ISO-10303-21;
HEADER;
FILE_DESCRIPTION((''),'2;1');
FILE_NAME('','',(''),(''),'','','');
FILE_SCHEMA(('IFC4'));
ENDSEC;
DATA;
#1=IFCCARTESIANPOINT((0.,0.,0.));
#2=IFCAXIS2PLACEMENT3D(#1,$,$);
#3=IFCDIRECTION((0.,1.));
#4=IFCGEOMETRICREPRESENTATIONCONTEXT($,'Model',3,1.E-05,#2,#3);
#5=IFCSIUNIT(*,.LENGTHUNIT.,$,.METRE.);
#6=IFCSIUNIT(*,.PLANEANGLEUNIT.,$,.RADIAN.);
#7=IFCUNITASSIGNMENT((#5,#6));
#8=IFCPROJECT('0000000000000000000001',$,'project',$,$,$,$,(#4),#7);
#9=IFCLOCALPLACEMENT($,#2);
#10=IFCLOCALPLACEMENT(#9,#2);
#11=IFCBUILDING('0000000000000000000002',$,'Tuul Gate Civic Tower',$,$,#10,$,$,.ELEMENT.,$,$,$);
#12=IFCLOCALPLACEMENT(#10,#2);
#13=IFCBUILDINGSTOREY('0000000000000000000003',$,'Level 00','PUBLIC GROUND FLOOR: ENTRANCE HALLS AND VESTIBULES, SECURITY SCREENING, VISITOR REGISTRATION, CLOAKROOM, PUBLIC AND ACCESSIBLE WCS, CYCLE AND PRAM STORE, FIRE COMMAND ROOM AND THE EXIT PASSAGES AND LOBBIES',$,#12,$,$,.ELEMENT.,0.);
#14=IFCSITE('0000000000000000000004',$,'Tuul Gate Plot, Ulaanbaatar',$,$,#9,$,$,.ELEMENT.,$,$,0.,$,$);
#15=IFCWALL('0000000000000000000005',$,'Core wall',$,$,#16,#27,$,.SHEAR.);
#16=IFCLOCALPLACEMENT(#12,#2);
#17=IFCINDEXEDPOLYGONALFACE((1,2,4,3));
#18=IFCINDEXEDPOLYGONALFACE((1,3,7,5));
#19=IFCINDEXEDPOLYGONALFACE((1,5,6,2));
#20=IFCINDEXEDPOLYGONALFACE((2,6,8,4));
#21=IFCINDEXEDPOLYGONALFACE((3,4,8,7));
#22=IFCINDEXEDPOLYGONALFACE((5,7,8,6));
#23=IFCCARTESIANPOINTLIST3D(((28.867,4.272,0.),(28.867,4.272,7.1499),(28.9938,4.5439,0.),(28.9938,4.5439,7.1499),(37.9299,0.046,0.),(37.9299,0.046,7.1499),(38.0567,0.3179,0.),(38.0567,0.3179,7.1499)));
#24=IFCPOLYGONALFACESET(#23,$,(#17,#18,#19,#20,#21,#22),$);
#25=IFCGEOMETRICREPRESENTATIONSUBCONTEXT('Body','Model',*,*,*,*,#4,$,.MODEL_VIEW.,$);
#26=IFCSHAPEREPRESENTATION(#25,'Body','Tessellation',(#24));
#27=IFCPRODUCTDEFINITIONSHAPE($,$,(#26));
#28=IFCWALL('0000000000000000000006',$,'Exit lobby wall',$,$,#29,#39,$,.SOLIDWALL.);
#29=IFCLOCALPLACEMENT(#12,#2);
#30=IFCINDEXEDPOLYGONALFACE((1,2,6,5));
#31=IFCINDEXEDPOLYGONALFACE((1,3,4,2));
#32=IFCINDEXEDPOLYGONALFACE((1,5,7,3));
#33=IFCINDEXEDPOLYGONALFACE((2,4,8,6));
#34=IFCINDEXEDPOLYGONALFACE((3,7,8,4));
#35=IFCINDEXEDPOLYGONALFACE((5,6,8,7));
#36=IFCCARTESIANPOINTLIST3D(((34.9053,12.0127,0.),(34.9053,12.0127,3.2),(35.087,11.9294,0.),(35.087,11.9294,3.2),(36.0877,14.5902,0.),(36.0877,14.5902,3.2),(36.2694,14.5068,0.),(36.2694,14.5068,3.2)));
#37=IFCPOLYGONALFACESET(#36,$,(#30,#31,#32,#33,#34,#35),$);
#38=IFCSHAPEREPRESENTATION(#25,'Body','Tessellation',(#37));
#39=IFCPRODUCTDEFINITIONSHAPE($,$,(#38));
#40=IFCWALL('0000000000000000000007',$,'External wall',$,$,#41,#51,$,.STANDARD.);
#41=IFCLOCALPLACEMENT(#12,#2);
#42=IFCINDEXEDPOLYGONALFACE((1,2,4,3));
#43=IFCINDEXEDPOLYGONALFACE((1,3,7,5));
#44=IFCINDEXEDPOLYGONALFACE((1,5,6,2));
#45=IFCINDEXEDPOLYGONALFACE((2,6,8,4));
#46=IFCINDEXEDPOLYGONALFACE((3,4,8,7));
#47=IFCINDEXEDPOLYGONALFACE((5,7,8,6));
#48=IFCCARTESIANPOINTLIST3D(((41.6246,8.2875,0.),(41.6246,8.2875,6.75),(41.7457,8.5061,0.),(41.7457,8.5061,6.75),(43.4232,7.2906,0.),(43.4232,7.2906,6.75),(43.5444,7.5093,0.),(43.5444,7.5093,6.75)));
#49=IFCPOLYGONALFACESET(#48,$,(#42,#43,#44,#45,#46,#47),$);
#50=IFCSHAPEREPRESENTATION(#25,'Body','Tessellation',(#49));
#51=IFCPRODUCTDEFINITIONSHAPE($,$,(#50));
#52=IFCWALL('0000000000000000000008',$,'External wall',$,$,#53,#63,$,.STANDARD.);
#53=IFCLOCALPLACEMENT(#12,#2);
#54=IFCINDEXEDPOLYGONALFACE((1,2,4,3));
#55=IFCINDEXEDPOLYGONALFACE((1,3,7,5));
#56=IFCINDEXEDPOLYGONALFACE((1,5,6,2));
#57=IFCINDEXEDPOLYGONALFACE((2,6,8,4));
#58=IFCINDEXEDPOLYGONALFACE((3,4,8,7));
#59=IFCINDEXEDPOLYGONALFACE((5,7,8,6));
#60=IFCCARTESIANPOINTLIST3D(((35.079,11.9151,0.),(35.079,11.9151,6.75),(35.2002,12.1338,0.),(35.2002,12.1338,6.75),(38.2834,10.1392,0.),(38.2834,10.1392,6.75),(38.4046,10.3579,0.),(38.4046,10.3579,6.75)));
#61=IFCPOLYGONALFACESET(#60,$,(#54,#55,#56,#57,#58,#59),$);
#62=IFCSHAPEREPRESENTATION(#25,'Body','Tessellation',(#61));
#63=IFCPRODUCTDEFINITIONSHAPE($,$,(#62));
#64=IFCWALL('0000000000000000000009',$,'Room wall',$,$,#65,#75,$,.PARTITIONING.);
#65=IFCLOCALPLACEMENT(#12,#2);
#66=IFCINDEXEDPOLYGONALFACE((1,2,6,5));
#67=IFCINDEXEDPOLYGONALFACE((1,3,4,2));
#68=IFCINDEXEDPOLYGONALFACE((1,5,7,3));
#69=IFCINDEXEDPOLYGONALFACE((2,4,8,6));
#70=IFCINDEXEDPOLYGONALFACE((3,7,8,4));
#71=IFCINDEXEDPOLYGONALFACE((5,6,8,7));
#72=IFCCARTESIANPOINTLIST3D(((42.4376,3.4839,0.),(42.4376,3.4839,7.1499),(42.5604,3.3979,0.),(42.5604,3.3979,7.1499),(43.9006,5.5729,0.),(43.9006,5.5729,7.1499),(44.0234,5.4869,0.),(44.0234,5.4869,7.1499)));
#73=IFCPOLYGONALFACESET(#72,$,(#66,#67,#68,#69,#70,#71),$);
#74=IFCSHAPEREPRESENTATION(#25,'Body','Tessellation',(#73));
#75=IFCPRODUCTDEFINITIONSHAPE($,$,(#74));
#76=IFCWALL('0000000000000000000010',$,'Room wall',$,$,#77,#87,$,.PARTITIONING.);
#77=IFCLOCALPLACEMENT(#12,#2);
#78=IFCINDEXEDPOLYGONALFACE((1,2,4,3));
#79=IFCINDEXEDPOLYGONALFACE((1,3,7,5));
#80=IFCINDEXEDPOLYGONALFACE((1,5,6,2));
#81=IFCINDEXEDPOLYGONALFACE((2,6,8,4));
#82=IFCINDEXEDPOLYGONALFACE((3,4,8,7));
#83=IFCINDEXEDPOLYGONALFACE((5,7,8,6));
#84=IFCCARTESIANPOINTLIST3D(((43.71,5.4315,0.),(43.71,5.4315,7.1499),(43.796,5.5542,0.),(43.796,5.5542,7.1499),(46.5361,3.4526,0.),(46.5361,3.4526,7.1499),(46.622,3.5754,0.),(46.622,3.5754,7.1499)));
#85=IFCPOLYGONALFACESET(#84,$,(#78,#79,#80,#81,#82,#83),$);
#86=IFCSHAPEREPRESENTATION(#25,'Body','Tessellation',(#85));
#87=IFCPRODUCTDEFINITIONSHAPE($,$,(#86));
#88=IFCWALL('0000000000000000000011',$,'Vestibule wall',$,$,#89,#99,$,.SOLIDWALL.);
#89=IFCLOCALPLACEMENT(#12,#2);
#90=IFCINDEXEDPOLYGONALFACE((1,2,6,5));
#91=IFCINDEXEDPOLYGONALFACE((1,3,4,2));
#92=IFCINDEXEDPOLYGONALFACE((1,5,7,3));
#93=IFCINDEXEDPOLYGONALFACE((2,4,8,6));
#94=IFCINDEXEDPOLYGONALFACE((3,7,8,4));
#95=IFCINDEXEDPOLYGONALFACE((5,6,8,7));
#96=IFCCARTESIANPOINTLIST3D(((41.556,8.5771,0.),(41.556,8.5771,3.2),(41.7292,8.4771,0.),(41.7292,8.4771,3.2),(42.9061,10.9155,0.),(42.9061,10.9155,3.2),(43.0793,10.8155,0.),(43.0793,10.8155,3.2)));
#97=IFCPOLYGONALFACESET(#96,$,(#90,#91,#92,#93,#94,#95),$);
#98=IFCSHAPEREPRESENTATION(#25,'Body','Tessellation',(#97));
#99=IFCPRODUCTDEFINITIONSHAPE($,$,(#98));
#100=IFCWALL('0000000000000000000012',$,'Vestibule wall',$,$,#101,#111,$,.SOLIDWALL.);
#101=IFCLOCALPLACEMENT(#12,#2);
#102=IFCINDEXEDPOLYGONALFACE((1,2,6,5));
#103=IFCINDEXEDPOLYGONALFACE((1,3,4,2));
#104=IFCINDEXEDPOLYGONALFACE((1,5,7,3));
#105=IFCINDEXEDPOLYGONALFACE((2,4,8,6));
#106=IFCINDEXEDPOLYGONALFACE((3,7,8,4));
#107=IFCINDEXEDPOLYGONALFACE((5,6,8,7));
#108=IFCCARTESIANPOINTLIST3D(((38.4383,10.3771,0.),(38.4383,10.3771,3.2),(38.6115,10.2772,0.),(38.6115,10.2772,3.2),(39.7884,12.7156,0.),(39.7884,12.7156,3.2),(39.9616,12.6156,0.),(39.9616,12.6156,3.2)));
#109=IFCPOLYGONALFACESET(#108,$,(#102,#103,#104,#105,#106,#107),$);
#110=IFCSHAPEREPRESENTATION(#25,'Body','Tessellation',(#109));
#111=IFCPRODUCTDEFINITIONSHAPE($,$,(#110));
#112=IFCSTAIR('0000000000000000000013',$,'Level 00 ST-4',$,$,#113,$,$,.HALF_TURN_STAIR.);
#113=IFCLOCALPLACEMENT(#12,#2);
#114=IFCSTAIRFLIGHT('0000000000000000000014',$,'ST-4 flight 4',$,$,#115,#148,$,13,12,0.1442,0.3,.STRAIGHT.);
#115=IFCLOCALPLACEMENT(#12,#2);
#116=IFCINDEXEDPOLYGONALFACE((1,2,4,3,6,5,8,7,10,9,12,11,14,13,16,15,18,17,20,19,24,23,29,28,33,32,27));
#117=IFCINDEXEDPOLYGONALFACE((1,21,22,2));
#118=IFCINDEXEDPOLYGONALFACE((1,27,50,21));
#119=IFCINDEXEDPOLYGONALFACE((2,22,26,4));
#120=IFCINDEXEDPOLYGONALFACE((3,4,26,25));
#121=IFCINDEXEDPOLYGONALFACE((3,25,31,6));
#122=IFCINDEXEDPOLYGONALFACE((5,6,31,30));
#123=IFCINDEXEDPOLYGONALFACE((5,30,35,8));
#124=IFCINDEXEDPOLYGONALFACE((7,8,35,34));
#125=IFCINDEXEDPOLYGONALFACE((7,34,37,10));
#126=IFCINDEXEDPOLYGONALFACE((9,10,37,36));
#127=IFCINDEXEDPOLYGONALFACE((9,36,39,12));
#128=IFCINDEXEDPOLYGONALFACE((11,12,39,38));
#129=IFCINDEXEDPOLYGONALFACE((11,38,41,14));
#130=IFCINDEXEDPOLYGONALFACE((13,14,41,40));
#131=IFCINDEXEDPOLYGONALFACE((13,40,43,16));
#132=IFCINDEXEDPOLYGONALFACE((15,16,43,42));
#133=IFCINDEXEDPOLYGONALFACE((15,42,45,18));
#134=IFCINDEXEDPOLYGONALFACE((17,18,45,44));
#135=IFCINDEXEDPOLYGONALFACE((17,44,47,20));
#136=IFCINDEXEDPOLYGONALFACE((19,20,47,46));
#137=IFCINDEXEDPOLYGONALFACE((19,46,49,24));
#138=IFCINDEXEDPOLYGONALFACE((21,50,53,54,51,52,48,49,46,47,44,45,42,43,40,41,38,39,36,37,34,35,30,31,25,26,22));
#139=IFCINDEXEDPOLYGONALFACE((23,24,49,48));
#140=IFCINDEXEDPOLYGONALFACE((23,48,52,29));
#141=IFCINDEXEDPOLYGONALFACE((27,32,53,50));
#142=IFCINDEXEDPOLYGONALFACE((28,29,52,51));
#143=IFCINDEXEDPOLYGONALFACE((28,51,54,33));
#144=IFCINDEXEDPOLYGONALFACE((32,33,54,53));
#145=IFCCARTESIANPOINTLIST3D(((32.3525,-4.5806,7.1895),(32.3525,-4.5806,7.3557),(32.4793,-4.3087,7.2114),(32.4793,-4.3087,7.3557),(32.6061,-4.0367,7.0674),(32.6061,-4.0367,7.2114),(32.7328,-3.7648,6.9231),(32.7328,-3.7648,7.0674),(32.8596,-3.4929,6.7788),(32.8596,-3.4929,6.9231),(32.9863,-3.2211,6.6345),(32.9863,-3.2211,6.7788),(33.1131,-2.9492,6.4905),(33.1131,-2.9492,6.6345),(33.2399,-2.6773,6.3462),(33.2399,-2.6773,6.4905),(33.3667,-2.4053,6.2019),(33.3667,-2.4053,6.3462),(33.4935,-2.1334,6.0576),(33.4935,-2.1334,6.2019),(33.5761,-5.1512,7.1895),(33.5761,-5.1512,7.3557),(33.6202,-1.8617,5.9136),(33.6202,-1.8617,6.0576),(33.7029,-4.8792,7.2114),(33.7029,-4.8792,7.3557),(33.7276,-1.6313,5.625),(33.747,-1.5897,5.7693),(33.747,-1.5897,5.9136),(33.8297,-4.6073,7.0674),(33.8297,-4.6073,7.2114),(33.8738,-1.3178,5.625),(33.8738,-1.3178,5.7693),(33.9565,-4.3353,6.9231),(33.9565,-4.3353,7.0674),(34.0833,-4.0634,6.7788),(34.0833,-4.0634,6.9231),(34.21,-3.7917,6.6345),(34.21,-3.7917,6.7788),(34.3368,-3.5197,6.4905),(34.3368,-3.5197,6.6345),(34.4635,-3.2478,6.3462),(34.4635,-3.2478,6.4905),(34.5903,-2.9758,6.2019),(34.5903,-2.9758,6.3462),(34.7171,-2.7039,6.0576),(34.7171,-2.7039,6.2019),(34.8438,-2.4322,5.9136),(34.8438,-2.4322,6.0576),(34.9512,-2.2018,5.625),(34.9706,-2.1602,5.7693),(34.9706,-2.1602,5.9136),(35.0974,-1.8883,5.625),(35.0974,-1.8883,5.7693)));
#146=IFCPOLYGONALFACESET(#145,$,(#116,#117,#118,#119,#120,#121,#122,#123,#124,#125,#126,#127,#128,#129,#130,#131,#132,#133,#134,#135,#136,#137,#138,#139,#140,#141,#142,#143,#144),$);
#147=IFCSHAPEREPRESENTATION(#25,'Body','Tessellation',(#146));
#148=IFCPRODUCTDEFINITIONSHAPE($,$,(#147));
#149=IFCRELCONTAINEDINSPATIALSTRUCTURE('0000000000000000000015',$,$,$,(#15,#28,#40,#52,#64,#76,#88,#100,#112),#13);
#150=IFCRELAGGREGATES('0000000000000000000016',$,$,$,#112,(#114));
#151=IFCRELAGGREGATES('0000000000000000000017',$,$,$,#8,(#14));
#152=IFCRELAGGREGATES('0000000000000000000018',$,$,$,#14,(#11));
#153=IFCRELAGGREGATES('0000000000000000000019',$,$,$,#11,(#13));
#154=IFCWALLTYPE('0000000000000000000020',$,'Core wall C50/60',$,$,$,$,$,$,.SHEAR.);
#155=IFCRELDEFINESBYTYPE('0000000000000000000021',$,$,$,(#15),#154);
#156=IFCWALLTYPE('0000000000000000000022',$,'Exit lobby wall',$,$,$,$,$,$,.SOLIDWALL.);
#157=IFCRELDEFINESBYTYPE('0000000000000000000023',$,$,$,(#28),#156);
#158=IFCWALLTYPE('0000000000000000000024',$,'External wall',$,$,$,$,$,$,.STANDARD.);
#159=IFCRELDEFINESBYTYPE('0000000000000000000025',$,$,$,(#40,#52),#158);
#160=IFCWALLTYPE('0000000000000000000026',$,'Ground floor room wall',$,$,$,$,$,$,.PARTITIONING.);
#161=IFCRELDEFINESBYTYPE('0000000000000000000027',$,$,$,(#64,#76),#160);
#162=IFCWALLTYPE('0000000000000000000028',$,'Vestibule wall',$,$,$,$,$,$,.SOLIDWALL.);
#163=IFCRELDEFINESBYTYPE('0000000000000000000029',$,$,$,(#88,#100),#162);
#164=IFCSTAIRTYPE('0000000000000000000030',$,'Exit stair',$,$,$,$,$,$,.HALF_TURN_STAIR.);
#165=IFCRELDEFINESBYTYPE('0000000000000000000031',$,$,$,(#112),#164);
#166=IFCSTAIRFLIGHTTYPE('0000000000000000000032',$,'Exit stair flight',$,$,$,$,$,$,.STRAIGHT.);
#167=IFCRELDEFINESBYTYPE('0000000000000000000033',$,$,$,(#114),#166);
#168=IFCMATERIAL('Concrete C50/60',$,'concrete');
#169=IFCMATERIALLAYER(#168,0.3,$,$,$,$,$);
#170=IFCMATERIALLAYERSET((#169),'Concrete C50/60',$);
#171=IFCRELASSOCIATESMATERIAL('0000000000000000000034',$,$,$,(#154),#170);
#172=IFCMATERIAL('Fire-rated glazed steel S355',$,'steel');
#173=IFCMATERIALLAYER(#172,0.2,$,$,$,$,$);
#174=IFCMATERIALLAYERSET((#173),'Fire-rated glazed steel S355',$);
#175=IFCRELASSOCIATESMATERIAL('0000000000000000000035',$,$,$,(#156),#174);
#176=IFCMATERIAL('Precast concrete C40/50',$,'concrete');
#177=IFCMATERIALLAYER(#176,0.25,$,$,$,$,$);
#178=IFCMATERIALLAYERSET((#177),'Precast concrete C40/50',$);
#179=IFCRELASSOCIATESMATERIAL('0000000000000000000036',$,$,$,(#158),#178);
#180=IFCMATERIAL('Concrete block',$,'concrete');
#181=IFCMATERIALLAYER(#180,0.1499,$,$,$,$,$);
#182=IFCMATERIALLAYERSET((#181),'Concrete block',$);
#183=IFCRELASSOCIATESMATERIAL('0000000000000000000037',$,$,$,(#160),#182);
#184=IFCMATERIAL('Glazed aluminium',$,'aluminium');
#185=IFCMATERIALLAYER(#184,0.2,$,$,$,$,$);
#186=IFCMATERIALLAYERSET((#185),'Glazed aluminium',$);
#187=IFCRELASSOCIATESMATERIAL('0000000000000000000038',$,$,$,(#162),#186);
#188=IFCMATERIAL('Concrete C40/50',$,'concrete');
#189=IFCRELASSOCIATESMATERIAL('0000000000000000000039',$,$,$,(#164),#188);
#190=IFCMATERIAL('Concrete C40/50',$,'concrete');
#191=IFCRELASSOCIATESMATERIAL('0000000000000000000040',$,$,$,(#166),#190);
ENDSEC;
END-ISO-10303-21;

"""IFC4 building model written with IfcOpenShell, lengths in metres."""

from ifc_helpers import new_model, si_unit, direction, frame, frame_2d, origin, place, context, subcontext, project, spatial, polyline, rectangle, outline, extrude, material, layer, layer_set, type_object, element, aggregate, save


model = new_model("IFC4")

# Units and contexts
model_context = context("Model", 3, precision=1e-05, world=origin(), true_north=direction((0.0, 1.0)))
body_context = subcontext(model_context, "Body", "Model", "MODEL_VIEW")
ifc_project = project(units=[si_unit("LENGTHUNIT", "METRE"), si_unit("PLANEANGLEUNIT", "RADIAN")], contexts=[model_context])

# Site, building, storey
site_placement = place(None, origin())
site = spatial("IfcSite", under=ifc_project, at=site_placement, Name="Tuul Gate Plot, Ulaanbaatar", CompositionType="ELEMENT", RefElevation=0.0)
building_placement = place(site_placement, origin())
building = spatial("IfcBuilding", under=site, at=building_placement, Name="Tuul Gate Civic Tower", CompositionType="ELEMENT")
storey_placement = place(building_placement, origin())
storey = spatial("IfcBuildingStorey", under=building, at=storey_placement, Name="Level 00", Description="PUBLIC GROUND FLOOR: ENTRANCE HALLS AND VESTIBULES, SECURITY SCREENING, VISITOR REGISTRATION, CLOAKROOM, PUBLIC AND ACCESSIBLE WCS, CYCLE AND PRAM STORE, FIRE COMMAND ROOM AND THE EXIT PASSAGES AND LOBBIES", CompositionType="ELEMENT", Elevation=0.0)

# Shared definitions
ifc_material_1 = material(Name="Concrete C50/60", Category="concrete")
ifc_layer_1 = layer(ifc_material_1, 0.3)
ifc_layer_set_1 = layer_set([ifc_layer_1], Name="Concrete C50/60")
wall_type_1 = type_object("IfcWallType", Name="Core wall C50/60", PredefinedType="SHEAR", material=ifc_layer_set_1)

# Walls
wall_1_placement = place(storey_placement, frame((37.9934, 0.1819, 0.0), z_axis=(0.0, 0.0, 1.0), x_axis=(-0.90631, 0.422613, 0.0)))
element("IfcWall", 1, at=wall_1_placement, inside=storey, type_object=wall_type_1, Name="Core wall", PredefinedType="SHEAR", context=body_context, shape_type="SweptSolid", body=[
    extrude(rectangle(XDim=9.9998, YDim=0.3, at=frame_2d((5.0, 0.0))), origin(), (0.0, 0.0, 1.0), 7.1499),
])
ifc_material_2 = material(Name="Fire-rated glazed steel S355", Category="steel")
ifc_layer_2 = layer(ifc_material_2, 0.2)
ifc_layer_set_2 = layer_set([ifc_layer_2], Name="Fire-rated glazed steel S355")
wall_type_2 = type_object("IfcWallType", Name="Exit lobby wall", PredefinedType="SOLIDWALL", material=ifc_layer_set_2)
wall_2_placement = place(storey_placement, frame((34.9961, 11.9709, 0.0), z_axis=(0.0, 0.0, 1.0), x_axis=(0.416966, 0.908922, 0.0)))
element("IfcWall", 2, at=wall_2_placement, inside=storey, type_object=wall_type_2, Name="Exit lobby wall", PredefinedType="SOLIDWALL", context=body_context, shape_type="SweptSolid", body=[
    extrude(rectangle(XDim=2.8357, YDim=0.2, at=frame_2d((1.418, 0.0))), origin(), (0.0, 0.0, 1.0), 3.2),
])

# Walls
ifc_material_3 = material(Name="Precast concrete C40/50", Category="concrete")
ifc_layer_3 = layer(ifc_material_3, 0.25)
ifc_layer_set_3 = layer_set([ifc_layer_3], Name="Precast concrete C40/50")
wall_type_3 = type_object("IfcWallType", Name="External wall", PredefinedType="STANDARD", material=ifc_layer_set_3)
wall_3_placement = place(storey_placement, frame((43.4839, 7.3999, 0.0), z_axis=(0.0, 0.0, 1.0), x_axis=(-0.87465, 0.484756, 0.0)))
element("IfcWall", 3, at=wall_3_placement, inside=storey, type_object=wall_type_3, Name="External wall", PredefinedType="STANDARD", context=body_context, shape_type="SweptSolid", body=[
    extrude(rectangle(XDim=2.0564, YDim=0.25, at=frame_2d((1.0283, 0.0))), origin(), (0.0, 0.0, 1.0), 6.75),
])
wall_4_placement = place(storey_placement, frame((38.344, 10.2485, 0.0), z_axis=(0.0, 0.0, 1.0), x_axis=(-0.874657, 0.484743, 0.0)))
element("IfcWall", 4, at=wall_4_placement, inside=storey, type_object=wall_type_3, Name="External wall", PredefinedType="STANDARD", context=body_context, shape_type="SweptSolid", body=[
    extrude(rectangle(XDim=3.6636, YDim=0.25, at=frame_2d((1.8318, 0.0))), origin(), (0.0, 0.0, 1.0), 6.75),
])
ifc_material_4 = material(Name="Concrete block", Category="concrete")
ifc_layer_4 = layer(ifc_material_4, 0.1499)
ifc_layer_set_4 = layer_set([ifc_layer_4], Name="Concrete block")
wall_type_4 = type_object("IfcWallType", Name="Ground floor room wall", PredefinedType="PARTITIONING", material=ifc_layer_set_4)
wall_5_placement = place(storey_placement, frame((42.499, 3.4409, 0.0), z_axis=(0.0, 0.0, 1.0), x_axis=(0.573642, 0.819106, 0.0)))
element("IfcWall", 5, at=wall_5_placement, inside=storey, type_object=wall_type_4, Name="Room wall", PredefinedType="PARTITIONING", context=body_context, shape_type="SweptSolid", body=[
    extrude(rectangle(XDim=2.5503, YDim=0.1499, at=frame_2d((1.2751, 0.0))), origin(), (0.0, 0.0, 1.0), 7.1499),
])
wall_6_placement = place(storey_placement, frame((43.7529, 5.4929, 0.0), z_axis=(0.0, 0.0, 1.0), x_axis=(0.819149, -0.573581, 0.0)))
element("IfcWall", 6, at=wall_6_placement, inside=storey, type_object=wall_type_4, Name="Room wall", PredefinedType="PARTITIONING", context=body_context, shape_type="SweptSolid", body=[
    extrude(rectangle(XDim=3.45, YDim=0.1499, at=frame_2d((1.7251, 0.0))), origin(), (0.0, 0.0, 1.0), 7.1499),
])
ifc_material_5 = material(Name="Glazed aluminium", Category="aluminium")
ifc_layer_5 = layer(ifc_material_5, 0.2)
ifc_layer_set_5 = layer_set([ifc_layer_5], Name="Glazed aluminium")
wall_type_5 = type_object("IfcWallType", Name="Vestibule wall", PredefinedType="SOLIDWALL", material=ifc_layer_set_5)
for number, where, z_axis, x_axis, name in (
    (7, (41.6426, 8.5271, 0.0), (0.0, 0.0, 1.0), (0.500009, 0.86602, 0.0), "Vestibule wall"),
    (8, (38.5249, 10.3271, 0.0), (0.0, 0.0, 1.0), (0.500009, 0.86602, 0.0), "Vestibule wall"),
):
    element("IfcWall", number, at=place(storey_placement, frame(where, z_axis=z_axis, x_axis=x_axis)), inside=storey, type_object=wall_type_5, Name=name, PredefinedType="SOLIDWALL", context=body_context, shape_type="SweptSolid", body=[
        extrude(rectangle(XDim=2.7002, YDim=0.2, at=frame_2d((1.3501, 0.0))), origin(), (0.0, 0.0, 1.0), 3.2),
    ])

# Stair, stair flight
ifc_material_6 = material(Name="Concrete C40/50", Category="concrete")
stair_type = type_object("IfcStairType", Name="Exit stair", PredefinedType="HALF_TURN_STAIR", material=ifc_material_6)
stair_placement = place(storey_placement, origin())
stair = element("IfcStair", 9, at=stair_placement, inside=storey, type_object=stair_type, Name="Level 00 ST-4", PredefinedType="HALF_TURN_STAIR")
ifc_material_7 = material(Name="Concrete C40/50", Category="concrete")
stair_flight_type = type_object("IfcStairFlightType", Name="Exit stair flight", PredefinedType="STRAIGHT", material=ifc_material_7)
stair_flight_placement = place(storey_placement, frame((34.4856, -1.603, 5.625), z_axis=(0.0, 0.0, 1.0), x_axis=(-0.422576, -0.906327, 0.0)))
stair_flight = element("IfcStairFlight", 10, at=stair_flight_placement, type_object=stair_flight_type, Name="ST-4 flight 4", NumberOfRisers=13, NumberOfTreads=12, PredefinedType="STRAIGHT", RiserHeight=0.1442, TreadLength=0.3, context=body_context, shape_type="SweptSolid", body=[
    extrude(outline(polyline([(0.0, 0.0), (0.0, 0.1443), (0.3, 0.1443), (0.3, 0.2886), (0.6001, 0.2886), (0.6001, 0.4326), (0.8999, 0.4326), (0.8999, 0.5769), (1.2, 0.5769), (1.2, 0.7212), (1.5, 0.7212), (1.5, 0.8655), (1.8, 0.8655), (1.8, 1.0095), (2.1001, 1.0095), (2.1001, 1.1538), (2.3999, 1.1538), (2.3999, 1.2981), (2.7, 1.2981), (2.7, 1.4424), (3.0, 1.4424), (3.0, 1.5864), (3.3, 1.5864), (3.3, 1.7307), (3.6001, 1.7307), (3.6001, 1.875), (3.6001, 1.5645), (0.3459, 0.0), (0.0, 0.0)])), frame((0.0, 0.675, 0.0), z_axis=(0.0, -1.0, 0.0), x_axis=(1.0, 0.0, 0.0)), (0.0, 0.0, 1.0), 1.3501),
])
aggregate(stair, [stair_flight])

save(model, "model.ifc")
